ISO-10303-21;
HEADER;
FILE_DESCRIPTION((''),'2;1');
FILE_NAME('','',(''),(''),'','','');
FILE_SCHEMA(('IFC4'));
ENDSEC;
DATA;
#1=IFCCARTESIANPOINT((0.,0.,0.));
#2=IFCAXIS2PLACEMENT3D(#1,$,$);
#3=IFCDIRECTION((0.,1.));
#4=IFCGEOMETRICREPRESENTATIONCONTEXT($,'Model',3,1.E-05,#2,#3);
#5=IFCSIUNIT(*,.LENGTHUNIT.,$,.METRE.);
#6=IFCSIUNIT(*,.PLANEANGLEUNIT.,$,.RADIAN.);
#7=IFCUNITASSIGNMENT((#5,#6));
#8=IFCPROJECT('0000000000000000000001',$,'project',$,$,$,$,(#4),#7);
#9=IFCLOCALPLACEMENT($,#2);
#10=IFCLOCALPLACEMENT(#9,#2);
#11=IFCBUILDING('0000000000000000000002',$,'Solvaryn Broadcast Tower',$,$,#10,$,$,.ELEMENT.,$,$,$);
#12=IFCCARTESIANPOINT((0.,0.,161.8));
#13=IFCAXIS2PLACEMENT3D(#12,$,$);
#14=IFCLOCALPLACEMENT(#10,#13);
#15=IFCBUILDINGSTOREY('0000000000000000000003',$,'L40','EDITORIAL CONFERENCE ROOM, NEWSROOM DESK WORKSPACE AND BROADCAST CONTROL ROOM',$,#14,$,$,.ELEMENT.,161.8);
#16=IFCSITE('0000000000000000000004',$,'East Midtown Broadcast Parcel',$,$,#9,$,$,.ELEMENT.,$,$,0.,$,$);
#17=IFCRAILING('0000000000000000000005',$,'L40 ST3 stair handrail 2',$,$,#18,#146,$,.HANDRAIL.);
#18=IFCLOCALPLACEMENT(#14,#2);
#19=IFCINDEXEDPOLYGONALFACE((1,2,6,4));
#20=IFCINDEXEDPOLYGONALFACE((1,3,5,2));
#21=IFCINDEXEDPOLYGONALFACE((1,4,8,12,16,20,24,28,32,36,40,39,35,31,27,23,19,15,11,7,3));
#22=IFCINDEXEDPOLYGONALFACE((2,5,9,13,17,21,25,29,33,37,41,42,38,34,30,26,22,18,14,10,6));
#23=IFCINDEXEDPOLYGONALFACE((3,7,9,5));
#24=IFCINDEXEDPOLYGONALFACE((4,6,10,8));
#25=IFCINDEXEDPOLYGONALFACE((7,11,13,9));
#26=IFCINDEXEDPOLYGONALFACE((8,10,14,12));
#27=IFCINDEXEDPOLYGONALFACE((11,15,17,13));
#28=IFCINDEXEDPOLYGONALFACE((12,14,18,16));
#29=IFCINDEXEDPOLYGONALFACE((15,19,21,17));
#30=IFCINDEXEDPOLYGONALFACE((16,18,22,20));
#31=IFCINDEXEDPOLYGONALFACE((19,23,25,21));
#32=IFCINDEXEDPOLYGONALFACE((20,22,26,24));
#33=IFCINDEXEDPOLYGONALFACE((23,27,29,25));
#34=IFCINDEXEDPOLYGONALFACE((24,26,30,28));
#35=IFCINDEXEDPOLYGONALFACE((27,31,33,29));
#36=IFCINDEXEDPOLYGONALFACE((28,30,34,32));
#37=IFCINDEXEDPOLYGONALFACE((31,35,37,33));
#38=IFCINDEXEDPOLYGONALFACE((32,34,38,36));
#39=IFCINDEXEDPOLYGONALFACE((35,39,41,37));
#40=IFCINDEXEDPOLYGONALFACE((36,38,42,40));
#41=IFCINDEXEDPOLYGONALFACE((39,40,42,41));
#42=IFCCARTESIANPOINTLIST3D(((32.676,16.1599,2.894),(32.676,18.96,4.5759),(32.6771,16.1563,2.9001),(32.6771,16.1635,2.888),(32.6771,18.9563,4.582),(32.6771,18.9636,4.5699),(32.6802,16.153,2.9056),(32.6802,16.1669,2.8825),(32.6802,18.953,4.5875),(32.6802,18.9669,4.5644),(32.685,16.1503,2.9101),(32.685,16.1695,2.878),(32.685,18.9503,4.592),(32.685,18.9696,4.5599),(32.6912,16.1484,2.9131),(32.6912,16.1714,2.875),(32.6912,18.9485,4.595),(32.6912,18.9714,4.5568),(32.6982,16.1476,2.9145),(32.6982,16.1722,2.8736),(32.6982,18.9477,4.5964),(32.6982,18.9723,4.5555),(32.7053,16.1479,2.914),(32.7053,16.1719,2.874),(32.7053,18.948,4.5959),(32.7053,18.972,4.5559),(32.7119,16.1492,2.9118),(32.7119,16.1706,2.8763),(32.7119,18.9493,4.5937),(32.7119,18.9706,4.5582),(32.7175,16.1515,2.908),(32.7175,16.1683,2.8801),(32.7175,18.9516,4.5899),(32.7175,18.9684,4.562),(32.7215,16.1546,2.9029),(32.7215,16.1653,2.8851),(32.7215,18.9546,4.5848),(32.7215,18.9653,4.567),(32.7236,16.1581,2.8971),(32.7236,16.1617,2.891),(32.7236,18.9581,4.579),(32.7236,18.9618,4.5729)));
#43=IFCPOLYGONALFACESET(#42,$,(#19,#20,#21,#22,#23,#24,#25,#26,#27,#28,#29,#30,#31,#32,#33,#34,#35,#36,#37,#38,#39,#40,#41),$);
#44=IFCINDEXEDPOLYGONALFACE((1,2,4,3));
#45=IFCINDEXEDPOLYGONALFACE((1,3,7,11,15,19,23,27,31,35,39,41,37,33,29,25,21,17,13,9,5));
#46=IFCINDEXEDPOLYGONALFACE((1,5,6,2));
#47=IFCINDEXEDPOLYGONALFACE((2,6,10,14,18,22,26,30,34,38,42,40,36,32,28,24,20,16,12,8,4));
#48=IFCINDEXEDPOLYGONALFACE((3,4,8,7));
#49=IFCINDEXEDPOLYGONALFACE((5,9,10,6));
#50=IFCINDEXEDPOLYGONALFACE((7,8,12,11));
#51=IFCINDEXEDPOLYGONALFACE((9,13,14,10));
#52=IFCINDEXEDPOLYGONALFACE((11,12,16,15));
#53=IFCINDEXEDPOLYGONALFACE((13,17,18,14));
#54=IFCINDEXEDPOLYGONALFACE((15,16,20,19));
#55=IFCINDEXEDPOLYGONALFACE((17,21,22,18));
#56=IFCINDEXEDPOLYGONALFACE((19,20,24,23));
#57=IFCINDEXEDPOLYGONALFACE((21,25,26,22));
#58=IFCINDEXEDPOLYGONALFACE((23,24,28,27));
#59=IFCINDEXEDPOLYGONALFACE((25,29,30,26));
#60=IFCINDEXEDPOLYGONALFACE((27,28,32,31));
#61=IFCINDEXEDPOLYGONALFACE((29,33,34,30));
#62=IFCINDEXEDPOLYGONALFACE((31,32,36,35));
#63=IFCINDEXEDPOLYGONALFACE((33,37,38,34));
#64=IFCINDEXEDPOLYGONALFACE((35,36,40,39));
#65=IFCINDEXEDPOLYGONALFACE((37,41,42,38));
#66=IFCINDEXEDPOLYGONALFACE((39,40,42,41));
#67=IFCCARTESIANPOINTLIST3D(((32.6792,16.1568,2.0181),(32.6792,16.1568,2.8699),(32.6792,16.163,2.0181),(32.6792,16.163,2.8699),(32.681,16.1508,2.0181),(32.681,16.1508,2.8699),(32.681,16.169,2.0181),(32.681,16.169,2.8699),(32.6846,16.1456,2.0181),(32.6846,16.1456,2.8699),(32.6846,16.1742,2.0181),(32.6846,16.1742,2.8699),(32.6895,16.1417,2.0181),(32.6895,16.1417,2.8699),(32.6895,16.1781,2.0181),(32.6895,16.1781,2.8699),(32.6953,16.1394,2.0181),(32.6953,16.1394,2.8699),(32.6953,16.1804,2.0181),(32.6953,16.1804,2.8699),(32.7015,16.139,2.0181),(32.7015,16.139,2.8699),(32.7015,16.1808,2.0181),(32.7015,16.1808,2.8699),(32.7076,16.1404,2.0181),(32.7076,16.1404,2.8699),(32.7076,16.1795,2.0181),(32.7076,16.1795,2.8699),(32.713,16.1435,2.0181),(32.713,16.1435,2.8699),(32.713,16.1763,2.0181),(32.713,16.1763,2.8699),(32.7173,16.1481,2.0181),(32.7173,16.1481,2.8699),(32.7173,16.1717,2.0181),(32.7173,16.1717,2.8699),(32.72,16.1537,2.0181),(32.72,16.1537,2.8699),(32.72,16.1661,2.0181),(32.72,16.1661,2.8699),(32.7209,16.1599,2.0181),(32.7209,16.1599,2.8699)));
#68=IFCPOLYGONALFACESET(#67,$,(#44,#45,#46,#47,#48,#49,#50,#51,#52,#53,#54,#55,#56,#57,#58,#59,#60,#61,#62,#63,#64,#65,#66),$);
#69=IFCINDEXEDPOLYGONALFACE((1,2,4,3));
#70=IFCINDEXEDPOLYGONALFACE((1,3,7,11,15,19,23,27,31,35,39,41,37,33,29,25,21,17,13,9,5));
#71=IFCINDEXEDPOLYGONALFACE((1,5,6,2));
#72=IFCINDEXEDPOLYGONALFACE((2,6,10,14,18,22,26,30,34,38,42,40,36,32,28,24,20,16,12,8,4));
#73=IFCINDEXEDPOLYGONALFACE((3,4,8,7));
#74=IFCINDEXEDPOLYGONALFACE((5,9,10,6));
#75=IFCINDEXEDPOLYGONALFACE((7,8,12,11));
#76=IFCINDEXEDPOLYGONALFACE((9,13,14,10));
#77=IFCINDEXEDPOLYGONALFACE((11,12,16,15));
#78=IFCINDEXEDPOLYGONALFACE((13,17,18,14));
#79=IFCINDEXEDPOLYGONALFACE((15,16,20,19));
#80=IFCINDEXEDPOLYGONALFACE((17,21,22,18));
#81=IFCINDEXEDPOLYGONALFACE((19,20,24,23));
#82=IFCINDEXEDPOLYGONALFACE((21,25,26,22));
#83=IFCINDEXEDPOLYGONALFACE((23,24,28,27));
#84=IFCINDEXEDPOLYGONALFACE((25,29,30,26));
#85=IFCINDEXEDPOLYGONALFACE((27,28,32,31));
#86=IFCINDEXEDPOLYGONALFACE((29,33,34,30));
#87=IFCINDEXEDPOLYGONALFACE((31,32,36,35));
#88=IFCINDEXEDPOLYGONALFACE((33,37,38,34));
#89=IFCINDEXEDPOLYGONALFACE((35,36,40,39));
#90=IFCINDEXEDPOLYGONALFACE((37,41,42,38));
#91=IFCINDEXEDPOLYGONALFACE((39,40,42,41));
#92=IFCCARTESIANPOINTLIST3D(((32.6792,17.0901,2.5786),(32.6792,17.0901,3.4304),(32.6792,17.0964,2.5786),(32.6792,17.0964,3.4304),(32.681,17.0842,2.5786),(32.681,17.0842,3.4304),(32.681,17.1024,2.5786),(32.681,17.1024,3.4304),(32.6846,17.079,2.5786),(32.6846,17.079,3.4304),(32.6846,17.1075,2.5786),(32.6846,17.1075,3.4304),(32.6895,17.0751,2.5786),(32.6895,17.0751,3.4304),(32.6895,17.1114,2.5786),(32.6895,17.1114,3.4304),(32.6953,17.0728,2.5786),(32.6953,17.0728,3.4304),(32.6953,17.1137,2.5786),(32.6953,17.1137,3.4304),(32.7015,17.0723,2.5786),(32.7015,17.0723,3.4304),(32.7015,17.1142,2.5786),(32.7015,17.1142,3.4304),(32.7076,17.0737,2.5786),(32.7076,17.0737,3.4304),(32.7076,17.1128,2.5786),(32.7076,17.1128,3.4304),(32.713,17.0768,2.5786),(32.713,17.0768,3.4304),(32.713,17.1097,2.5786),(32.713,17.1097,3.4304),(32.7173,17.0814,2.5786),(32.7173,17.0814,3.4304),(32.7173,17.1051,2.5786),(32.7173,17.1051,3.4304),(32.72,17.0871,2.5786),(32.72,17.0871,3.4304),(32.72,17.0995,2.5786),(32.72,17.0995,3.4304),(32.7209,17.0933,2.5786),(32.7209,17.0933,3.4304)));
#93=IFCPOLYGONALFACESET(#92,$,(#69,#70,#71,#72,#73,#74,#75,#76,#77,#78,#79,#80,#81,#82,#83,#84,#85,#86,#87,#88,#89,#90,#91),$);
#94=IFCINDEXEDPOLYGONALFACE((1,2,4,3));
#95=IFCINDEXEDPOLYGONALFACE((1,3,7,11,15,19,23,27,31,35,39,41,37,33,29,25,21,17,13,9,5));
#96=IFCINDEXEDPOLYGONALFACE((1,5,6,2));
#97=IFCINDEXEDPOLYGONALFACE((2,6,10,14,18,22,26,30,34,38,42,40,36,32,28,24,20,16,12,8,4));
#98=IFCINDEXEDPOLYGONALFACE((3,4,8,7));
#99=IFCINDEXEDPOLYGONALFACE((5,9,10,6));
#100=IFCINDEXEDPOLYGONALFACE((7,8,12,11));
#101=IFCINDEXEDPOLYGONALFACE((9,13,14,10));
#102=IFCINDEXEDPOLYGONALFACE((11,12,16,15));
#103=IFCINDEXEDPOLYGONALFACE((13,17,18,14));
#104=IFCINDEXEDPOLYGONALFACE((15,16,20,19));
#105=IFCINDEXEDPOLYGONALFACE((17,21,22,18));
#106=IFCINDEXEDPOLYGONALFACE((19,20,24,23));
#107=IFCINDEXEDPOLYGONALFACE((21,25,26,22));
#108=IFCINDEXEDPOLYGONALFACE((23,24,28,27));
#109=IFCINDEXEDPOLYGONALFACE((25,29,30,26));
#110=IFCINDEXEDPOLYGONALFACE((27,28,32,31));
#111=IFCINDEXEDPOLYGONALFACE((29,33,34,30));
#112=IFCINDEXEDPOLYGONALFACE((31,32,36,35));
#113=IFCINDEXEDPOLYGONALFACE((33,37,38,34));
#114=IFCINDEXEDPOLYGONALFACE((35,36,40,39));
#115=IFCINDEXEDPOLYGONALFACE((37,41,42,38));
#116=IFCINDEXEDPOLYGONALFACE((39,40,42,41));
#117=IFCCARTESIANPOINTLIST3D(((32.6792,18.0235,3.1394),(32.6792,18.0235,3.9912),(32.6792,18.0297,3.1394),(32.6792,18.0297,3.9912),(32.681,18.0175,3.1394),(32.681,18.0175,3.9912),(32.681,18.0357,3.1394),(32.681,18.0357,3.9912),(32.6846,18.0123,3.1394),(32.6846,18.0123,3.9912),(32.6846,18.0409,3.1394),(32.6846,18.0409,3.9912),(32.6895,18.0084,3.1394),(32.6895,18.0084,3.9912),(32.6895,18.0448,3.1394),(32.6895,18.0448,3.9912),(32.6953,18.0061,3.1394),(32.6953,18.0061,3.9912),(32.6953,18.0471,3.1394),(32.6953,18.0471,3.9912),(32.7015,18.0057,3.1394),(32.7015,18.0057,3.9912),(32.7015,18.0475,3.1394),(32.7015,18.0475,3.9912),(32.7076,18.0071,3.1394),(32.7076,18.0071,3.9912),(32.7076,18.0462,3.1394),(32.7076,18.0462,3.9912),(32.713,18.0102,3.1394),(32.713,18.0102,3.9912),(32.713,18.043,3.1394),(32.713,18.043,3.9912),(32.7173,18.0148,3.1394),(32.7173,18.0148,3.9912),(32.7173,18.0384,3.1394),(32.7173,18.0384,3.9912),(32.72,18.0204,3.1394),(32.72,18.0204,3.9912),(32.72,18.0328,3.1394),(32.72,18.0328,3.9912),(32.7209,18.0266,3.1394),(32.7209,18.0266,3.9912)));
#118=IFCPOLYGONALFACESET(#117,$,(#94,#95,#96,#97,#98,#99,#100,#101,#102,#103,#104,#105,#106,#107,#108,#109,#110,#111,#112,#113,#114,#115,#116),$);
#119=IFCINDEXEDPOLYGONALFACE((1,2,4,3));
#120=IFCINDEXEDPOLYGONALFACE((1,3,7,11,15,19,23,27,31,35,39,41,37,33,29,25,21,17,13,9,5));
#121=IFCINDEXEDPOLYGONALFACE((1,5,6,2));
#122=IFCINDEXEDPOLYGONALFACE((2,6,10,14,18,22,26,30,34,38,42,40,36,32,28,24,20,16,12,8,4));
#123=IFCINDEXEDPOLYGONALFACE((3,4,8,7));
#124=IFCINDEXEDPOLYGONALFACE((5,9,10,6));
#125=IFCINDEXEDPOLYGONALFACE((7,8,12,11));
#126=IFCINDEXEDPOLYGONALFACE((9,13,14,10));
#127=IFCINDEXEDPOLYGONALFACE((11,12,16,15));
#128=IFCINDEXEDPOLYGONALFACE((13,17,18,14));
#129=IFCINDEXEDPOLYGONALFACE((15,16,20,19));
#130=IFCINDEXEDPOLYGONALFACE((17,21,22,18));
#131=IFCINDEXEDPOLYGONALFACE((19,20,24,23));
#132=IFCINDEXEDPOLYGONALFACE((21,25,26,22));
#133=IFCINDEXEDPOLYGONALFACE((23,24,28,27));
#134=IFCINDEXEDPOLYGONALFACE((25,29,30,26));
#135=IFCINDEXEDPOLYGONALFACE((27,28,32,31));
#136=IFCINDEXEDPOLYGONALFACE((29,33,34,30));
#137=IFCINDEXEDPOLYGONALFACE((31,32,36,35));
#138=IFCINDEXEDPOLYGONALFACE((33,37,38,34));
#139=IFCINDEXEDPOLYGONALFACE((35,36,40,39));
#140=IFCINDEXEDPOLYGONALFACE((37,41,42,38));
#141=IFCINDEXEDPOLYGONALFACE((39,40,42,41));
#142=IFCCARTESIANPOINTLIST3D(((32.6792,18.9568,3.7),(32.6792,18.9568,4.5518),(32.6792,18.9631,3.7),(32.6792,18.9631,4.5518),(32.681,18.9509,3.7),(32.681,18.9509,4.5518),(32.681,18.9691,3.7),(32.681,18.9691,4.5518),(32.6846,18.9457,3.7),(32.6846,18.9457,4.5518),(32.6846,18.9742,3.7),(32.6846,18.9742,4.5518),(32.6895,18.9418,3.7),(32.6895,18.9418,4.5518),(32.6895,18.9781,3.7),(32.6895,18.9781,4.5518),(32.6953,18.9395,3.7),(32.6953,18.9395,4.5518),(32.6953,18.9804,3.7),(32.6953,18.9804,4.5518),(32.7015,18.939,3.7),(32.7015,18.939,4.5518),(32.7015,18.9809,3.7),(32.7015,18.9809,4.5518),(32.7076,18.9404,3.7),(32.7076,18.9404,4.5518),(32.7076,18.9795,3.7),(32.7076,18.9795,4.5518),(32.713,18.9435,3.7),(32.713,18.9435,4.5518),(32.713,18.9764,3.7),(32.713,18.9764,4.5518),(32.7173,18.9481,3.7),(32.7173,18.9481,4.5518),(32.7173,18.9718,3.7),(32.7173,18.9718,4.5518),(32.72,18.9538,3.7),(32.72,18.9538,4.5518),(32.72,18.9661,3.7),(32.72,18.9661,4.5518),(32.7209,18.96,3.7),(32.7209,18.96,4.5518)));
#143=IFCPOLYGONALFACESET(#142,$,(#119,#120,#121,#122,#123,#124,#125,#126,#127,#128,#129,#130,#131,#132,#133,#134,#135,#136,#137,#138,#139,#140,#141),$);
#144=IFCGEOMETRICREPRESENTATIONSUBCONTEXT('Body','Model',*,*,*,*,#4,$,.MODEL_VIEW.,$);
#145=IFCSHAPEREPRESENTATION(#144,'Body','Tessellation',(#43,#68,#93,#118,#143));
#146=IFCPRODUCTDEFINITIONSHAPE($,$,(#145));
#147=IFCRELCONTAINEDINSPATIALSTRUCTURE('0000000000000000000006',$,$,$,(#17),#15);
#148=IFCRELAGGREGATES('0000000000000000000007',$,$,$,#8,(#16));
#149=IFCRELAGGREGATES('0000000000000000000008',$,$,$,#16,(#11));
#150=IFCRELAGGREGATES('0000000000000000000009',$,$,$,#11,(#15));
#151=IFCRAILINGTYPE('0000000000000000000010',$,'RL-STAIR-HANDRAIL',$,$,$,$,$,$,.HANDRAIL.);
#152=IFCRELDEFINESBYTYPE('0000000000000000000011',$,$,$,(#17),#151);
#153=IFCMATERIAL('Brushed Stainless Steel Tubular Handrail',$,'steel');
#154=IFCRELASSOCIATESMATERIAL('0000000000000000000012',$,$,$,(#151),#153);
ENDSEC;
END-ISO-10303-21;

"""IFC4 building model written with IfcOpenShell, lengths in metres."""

from ifc_helpers import new_model, si_unit, direction, frame, origin, origin_2d, place, context, subcontext, project, spatial, circle, extrude, material, type_object, element, save


model = new_model("IFC4")

# Units and contexts
model_context = context("Model", 3, precision=1e-05, world=origin(), true_north=direction((0.0, 1.0)))
body_context = subcontext(model_context, "Body", "Model", "MODEL_VIEW")
ifc_project = project(units=[si_unit("LENGTHUNIT", "METRE"), si_unit("PLANEANGLEUNIT", "RADIAN")], contexts=[model_context])

# Site, building, storey
site_placement = place(None, origin())
site = spatial("IfcSite", under=ifc_project, at=site_placement, Name="East Midtown Broadcast Parcel", CompositionType="ELEMENT", RefElevation=0.0)
building_placement = place(site_placement, origin())
building = spatial("IfcBuilding", under=site, at=building_placement, Name="Solvaryn Broadcast Tower", CompositionType="ELEMENT")
storey_placement = place(building_placement, frame((0.0, 0.0, 161.8)))
storey = spatial("IfcBuildingStorey", under=building, at=storey_placement, Name="L40", Description="EDITORIAL CONFERENCE ROOM, NEWSROOM DESK WORKSPACE AND BROADCAST CONTROL ROOM", CompositionType="ELEMENT", Elevation=161.8)

# Railing
ifc_material_1 = material(Name="Brushed Stainless Steel Tubular Handrail", Category="steel")
railing_type_1 = type_object("IfcRailingType", Name="RL-STAIR-HANDRAIL", PredefinedType="HANDRAIL", material=ifc_material_1)
railing_1_placement = place(storey_placement, frame((32.7, 16.1599, 2.0181)))
element("IfcRailing", 1, at=railing_1_placement, inside=storey, type_object=railing_type_1, Name="L40 ST3 stair handrail 2", PredefinedType="HANDRAIL", context=body_context, shape_type="SweptSolid", body=[
    extrude(circle(Radius=0.0239, at=origin_2d()), frame((0.0, 0.0, 0.876), z_axis=(0.0, 0.857242, 0.514913), x_axis=(-1.0, 0.0, 0.0)), (0.0, 0.0, 1.0), 3.2664),
    extrude(circle(Radius=0.021, at=origin_2d()), origin(), (0.0, 0.0, 1.0), 0.8518),
    extrude(circle(Radius=0.021, at=origin_2d()), frame((0.0, 0.9333, 0.5605)), (0.0, 0.0, 1.0), 0.8518),
    extrude(circle(Radius=0.021, at=origin_2d()), frame((0.0, 1.8667, 1.1213)), (0.0, 0.0, 1.0), 0.8518),
    extrude(circle(Radius=0.021, at=origin_2d()), frame((0.0, 2.8, 1.6819)), (0.0, 0.0, 1.0), 0.8518),
])

save(model, "model.ifc")
